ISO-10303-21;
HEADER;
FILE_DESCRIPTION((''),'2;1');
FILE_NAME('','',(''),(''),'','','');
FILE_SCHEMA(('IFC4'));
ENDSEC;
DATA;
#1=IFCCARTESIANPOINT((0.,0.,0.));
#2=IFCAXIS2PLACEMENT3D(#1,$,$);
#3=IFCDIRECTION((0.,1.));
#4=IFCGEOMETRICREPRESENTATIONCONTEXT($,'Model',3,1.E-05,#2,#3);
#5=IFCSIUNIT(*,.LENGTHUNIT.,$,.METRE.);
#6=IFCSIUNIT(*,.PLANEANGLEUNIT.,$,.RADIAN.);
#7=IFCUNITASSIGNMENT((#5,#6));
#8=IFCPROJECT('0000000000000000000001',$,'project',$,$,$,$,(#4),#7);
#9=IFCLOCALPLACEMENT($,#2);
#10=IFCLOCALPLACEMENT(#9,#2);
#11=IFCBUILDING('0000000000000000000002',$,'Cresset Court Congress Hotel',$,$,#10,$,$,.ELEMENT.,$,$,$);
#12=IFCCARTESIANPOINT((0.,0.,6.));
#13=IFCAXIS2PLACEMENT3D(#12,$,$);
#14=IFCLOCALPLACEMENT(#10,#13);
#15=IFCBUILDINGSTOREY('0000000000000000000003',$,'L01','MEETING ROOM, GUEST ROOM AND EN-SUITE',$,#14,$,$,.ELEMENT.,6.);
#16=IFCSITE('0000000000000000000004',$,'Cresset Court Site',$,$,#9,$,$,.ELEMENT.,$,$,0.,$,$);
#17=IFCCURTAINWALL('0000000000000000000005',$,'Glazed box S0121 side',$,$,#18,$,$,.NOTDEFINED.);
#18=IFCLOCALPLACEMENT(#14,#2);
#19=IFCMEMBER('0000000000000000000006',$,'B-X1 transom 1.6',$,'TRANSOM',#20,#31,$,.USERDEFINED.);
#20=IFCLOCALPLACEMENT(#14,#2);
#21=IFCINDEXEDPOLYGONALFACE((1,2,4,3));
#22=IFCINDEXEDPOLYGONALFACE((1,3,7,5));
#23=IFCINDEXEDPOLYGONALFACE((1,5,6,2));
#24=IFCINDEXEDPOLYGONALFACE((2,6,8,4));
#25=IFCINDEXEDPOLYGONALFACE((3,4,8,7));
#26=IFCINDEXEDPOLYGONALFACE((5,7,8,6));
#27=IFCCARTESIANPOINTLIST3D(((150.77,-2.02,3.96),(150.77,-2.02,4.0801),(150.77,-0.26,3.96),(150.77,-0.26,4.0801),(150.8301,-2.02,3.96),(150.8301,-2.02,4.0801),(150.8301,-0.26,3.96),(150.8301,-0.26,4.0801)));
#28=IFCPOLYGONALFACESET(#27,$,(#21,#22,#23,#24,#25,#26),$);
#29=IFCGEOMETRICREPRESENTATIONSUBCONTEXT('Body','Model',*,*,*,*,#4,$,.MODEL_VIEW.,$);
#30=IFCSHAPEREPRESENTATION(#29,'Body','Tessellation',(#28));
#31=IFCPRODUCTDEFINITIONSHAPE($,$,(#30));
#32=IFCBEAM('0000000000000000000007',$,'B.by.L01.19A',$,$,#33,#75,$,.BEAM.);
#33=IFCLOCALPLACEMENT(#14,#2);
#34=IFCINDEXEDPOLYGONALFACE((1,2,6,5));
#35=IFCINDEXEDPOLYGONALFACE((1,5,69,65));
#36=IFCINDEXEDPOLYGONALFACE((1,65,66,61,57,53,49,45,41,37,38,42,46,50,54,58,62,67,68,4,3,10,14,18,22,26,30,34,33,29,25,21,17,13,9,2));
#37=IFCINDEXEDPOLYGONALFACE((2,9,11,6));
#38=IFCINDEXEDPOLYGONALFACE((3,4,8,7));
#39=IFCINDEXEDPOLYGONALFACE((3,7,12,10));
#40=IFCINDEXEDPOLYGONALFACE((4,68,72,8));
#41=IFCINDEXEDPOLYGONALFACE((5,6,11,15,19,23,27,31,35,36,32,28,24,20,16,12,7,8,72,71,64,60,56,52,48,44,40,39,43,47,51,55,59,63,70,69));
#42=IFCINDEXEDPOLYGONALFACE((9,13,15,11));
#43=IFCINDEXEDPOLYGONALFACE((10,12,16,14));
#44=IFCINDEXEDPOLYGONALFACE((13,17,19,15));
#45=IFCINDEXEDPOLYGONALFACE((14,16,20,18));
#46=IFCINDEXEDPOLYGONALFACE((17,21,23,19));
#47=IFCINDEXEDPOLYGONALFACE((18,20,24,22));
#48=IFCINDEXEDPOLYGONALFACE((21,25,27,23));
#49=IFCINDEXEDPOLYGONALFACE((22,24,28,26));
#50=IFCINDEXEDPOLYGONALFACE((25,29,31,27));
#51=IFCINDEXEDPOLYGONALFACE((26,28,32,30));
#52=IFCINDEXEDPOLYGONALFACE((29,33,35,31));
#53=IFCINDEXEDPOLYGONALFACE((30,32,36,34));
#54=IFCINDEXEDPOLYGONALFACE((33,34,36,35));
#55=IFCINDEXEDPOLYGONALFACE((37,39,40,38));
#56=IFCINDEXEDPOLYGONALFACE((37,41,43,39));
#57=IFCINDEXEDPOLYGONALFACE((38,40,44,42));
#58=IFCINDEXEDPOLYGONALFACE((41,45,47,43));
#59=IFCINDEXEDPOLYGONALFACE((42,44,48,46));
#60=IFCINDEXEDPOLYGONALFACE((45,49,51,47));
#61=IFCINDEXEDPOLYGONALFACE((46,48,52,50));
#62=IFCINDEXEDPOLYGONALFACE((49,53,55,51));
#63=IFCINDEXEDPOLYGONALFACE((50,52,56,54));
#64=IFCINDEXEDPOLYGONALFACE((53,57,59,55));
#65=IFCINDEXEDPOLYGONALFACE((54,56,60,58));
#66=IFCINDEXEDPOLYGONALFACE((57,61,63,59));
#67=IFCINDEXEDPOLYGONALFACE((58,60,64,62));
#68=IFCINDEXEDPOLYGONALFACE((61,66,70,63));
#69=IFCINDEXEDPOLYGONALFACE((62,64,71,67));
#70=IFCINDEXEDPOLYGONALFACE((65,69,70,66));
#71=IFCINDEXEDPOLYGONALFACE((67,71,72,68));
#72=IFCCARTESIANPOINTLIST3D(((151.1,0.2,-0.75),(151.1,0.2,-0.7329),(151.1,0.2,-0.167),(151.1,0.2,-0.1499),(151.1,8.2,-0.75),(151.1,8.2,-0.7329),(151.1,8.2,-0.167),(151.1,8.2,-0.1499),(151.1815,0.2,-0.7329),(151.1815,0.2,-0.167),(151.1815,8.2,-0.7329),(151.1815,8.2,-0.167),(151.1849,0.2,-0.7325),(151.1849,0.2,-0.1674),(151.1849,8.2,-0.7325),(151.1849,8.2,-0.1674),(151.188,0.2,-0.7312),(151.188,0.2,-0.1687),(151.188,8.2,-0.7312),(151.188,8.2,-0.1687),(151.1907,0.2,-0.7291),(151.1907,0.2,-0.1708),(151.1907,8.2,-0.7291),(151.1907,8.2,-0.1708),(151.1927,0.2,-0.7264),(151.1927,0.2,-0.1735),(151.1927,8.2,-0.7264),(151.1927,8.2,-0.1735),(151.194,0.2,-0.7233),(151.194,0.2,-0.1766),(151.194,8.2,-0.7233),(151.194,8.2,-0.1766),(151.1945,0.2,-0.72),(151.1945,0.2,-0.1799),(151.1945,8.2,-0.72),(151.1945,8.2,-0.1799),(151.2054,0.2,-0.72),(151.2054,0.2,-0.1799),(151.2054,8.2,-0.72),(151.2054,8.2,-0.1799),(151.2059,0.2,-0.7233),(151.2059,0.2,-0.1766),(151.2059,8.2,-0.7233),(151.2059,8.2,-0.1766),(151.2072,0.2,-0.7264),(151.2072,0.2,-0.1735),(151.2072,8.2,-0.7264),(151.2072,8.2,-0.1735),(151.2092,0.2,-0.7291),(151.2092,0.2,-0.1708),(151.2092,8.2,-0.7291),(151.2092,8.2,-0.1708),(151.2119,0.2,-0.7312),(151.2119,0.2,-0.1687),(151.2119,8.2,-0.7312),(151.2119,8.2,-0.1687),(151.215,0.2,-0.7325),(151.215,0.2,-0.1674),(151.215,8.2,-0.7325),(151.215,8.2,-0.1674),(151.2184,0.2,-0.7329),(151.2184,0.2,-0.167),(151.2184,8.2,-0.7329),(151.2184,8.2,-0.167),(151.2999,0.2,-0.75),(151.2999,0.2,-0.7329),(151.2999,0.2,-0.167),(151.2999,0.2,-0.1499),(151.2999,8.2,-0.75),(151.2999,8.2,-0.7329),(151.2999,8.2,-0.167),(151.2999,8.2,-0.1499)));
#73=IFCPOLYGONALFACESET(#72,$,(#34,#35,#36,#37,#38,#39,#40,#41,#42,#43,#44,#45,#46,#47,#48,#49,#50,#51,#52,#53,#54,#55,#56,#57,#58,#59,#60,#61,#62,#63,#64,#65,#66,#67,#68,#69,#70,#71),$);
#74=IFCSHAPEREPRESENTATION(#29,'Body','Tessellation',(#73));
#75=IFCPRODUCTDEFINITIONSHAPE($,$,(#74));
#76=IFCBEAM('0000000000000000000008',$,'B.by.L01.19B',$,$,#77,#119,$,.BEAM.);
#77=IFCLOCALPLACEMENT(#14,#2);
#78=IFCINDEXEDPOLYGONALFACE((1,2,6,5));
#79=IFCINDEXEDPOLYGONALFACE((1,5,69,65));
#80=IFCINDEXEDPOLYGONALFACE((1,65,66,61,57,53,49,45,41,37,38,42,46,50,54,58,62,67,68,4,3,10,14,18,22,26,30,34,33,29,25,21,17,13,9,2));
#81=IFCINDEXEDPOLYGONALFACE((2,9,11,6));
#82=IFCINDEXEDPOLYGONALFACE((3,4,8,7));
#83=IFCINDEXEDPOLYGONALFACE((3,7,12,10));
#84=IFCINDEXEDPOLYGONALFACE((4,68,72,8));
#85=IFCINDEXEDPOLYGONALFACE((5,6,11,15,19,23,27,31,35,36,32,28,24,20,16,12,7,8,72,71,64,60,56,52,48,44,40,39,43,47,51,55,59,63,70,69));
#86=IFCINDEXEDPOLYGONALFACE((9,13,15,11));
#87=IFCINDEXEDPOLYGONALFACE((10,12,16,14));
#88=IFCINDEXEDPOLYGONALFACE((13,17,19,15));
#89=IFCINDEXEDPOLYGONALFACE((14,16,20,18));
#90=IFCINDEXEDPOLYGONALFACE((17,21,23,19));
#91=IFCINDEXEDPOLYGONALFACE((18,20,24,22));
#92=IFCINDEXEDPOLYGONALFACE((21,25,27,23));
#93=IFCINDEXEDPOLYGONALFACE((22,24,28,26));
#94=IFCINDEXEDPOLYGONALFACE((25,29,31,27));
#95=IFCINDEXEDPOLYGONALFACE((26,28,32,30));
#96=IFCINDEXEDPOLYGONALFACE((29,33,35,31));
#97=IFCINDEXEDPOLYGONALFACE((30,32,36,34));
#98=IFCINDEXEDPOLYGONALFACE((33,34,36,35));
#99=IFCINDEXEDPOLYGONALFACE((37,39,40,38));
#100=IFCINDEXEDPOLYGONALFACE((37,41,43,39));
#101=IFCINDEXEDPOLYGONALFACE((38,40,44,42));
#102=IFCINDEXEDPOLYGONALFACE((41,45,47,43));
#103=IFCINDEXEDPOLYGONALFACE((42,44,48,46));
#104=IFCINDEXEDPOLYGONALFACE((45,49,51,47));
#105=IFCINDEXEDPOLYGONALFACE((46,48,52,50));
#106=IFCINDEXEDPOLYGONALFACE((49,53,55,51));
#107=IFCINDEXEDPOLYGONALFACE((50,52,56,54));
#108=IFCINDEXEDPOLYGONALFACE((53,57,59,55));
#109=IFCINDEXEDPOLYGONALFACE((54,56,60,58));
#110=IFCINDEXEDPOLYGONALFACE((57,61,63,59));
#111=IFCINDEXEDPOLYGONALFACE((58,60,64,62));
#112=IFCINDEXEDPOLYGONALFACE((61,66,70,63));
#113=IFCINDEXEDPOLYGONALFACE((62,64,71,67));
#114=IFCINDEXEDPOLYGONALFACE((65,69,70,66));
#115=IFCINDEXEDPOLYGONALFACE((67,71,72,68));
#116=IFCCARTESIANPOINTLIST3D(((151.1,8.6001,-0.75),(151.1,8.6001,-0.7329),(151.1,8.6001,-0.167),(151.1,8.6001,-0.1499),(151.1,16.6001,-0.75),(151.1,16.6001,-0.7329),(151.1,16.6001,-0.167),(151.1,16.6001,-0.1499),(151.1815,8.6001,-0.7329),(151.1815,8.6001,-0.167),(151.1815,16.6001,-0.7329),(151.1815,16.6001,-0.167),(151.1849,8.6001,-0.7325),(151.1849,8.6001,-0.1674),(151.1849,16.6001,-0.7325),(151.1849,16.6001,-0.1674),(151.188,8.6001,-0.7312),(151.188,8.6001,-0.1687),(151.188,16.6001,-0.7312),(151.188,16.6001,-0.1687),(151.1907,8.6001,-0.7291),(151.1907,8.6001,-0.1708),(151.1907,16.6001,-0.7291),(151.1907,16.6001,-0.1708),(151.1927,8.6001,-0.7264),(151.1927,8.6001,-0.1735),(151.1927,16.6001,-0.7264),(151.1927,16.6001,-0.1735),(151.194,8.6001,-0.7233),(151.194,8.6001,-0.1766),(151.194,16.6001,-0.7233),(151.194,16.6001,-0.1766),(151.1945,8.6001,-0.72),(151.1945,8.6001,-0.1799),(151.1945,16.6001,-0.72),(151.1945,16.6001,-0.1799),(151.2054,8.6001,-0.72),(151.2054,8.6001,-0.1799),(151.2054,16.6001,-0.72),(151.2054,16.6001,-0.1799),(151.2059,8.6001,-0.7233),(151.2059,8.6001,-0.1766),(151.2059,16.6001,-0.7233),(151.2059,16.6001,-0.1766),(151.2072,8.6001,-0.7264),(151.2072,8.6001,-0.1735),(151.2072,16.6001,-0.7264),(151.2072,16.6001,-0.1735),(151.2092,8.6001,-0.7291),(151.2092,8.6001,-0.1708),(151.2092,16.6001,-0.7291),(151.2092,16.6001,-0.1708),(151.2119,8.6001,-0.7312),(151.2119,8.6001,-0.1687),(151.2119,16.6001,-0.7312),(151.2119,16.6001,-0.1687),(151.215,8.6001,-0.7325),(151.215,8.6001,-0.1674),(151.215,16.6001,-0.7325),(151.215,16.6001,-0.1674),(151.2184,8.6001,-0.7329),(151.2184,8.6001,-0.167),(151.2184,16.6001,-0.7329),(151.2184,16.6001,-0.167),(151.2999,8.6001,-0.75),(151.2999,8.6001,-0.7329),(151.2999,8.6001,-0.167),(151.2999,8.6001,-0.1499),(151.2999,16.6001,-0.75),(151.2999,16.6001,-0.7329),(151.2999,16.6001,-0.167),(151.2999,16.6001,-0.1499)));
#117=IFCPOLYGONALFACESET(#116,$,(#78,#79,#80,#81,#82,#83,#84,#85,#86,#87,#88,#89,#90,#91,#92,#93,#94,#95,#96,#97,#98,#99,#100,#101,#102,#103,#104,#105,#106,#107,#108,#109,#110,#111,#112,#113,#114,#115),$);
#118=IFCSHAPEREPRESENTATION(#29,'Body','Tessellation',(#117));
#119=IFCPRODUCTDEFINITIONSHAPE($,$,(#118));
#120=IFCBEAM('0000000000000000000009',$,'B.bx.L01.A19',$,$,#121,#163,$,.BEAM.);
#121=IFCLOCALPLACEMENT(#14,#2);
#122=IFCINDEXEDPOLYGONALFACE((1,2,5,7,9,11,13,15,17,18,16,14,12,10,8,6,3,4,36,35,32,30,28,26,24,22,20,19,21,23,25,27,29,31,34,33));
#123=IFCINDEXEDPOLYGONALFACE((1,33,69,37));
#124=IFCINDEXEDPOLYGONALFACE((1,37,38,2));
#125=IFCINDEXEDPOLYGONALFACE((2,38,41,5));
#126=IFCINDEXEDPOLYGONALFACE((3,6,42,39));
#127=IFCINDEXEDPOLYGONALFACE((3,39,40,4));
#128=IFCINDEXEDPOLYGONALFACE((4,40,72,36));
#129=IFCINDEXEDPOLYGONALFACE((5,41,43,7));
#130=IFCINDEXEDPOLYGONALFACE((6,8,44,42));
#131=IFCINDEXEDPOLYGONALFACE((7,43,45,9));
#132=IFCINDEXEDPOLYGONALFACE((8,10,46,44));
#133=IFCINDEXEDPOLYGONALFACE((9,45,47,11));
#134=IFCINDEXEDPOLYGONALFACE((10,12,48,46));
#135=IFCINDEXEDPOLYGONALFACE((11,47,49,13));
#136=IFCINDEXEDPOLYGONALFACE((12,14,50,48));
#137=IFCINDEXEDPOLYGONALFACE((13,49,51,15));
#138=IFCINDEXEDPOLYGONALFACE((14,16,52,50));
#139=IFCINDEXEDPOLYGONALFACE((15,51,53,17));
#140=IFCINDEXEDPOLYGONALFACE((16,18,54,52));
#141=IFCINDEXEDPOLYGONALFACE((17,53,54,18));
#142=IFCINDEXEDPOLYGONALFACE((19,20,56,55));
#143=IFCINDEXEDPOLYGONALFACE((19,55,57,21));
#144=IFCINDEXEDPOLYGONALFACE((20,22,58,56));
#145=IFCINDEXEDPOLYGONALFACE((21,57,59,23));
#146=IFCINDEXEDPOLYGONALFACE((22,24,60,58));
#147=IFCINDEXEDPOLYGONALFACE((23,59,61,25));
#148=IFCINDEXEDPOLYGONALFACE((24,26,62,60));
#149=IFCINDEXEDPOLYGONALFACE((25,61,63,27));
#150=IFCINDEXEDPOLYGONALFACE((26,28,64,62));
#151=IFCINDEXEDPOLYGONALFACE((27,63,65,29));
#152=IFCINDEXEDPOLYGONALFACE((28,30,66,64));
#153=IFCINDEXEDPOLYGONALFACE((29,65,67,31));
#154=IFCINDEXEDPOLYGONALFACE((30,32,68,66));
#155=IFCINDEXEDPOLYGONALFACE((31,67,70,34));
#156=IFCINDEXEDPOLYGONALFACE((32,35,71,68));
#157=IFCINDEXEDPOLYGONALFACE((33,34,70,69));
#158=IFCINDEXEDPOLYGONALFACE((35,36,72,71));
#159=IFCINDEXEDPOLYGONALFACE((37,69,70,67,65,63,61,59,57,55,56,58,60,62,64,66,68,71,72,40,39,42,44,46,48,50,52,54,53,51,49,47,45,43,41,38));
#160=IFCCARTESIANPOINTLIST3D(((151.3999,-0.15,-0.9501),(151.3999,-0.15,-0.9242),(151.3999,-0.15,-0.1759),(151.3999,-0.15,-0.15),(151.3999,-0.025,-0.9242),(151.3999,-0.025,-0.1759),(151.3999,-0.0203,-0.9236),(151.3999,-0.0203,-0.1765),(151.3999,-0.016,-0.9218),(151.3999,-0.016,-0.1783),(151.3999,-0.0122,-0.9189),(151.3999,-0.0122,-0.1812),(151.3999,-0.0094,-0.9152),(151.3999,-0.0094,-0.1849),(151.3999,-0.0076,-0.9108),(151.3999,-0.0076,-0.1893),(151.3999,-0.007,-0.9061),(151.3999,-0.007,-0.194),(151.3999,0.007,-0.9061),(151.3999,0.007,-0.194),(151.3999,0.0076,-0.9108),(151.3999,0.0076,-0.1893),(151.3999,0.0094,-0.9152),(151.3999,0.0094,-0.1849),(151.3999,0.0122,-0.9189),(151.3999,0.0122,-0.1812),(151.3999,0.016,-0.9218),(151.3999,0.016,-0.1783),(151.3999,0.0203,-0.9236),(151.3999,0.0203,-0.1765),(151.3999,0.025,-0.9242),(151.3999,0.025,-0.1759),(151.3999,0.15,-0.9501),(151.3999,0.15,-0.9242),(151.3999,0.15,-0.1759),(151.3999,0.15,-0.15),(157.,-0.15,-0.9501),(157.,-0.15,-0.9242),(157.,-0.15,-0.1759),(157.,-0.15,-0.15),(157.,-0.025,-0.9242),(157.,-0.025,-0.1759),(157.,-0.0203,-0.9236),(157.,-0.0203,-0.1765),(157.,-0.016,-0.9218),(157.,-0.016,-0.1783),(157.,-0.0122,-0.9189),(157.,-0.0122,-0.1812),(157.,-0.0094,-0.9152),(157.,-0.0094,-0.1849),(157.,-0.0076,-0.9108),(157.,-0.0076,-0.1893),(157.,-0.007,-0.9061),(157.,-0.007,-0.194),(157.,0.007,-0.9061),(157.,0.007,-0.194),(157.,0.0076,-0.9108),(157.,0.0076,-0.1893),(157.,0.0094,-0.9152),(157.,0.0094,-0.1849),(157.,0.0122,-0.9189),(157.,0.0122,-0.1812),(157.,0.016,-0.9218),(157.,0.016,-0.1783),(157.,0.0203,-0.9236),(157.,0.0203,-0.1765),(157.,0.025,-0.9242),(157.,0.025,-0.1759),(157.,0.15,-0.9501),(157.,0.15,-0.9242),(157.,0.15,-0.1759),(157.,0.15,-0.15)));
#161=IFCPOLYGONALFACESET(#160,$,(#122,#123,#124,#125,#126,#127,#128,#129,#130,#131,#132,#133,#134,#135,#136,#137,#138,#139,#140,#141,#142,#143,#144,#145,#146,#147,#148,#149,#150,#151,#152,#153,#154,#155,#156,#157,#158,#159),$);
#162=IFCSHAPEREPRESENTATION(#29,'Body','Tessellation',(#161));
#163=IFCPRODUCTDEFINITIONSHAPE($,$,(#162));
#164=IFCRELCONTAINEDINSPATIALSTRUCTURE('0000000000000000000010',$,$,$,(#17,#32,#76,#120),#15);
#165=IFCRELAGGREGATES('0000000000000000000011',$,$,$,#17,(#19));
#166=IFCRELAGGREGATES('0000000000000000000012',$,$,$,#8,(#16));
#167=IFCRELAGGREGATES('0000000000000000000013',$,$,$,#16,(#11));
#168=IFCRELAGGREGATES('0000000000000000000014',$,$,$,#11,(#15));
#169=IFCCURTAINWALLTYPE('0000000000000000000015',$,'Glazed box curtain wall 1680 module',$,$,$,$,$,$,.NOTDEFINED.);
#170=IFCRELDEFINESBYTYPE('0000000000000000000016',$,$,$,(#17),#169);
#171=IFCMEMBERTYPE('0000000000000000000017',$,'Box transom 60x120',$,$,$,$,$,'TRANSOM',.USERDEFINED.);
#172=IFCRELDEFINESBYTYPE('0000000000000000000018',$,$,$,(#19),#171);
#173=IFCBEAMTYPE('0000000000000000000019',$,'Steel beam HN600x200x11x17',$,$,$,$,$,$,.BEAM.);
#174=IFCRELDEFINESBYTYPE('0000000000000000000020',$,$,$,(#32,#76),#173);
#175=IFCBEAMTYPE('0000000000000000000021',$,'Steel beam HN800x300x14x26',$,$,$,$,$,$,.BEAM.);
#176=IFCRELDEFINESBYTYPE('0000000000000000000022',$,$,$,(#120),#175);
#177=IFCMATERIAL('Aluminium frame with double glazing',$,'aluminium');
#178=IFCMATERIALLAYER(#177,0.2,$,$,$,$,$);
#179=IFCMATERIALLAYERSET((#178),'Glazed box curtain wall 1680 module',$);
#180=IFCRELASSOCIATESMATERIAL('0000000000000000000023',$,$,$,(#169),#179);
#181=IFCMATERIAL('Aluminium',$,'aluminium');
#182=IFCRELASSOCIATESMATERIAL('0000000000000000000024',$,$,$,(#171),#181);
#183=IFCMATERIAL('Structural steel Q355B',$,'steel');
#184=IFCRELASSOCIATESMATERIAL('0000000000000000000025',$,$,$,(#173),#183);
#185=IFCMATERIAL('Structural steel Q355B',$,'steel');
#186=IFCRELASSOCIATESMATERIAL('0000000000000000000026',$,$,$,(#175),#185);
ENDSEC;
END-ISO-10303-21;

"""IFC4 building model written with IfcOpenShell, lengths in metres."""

from ifc_helpers import new_model, si_unit, direction, frame, origin, origin_2d, place, context, subcontext, project, spatial, rectangle, i_section, extrude, material, layer, layer_set, material_profile, profile_set, type_object, element, aggregate, save


model = new_model("IFC4")

# Units and contexts
model_context = context("Model", 3, precision=1e-05, world=origin(), true_north=direction((0.0, 1.0)))
body_context = subcontext(model_context, "Body", "Model", "MODEL_VIEW")
ifc_project = project(units=[si_unit("LENGTHUNIT", "METRE"), si_unit("PLANEANGLEUNIT", "RADIAN")], contexts=[model_context])

# Site, building, storey
site_placement = place(None, origin())
site = spatial("IfcSite", under=ifc_project, at=site_placement, Name="Cresset Court Site", CompositionType="ELEMENT", RefElevation=0.0)
building_placement = place(site_placement, origin())
building = spatial("IfcBuilding", under=site, at=building_placement, Name="Cresset Court Congress Hotel", CompositionType="ELEMENT")
storey_placement = place(building_placement, frame((0.0, 0.0, 6.0)))
storey = spatial("IfcBuildingStorey", under=building, at=storey_placement, Name="L01", Description="MEETING ROOM, GUEST ROOM AND EN-SUITE", CompositionType="ELEMENT", Elevation=6.0)

# Shared definitions
ifc_material_1 = material(Name="Aluminium frame with double glazing", Category="aluminium")
ifc_layer_1 = layer(ifc_material_1, 0.2)
ifc_layer_set_1 = layer_set([ifc_layer_1], Name="Glazed box curtain wall 1680 module")
curtain_wall_type = type_object("IfcCurtainWallType", Name="Glazed box curtain wall 1680 module", PredefinedType="NOTDEFINED", material=ifc_layer_set_1)

# Curtain wall, member
curtain_wall_1_placement = place(storey_placement, origin())
curtain_wall_1 = element("IfcCurtainWall", 1, at=curtain_wall_1_placement, inside=storey, type_object=curtain_wall_type, Name="Glazed box S0121 side", PredefinedType="NOTDEFINED")
ifc_material_2 = material(Name="Aluminium", Category="aluminium")
ifc_material_profile_1 = material_profile(ifc_material_2, rectangle(XDim=0.0601, YDim=0.1201, at=origin_2d()), Name="Box transom 60x120")
ifc_profile_set_1 = profile_set([ifc_material_profile_1], Name="Aluminium")
member_type_1 = type_object("IfcMemberType", Name="Box transom 60x120", ElementType="TRANSOM", PredefinedType="USERDEFINED", material=ifc_profile_set_1)
member_1_placement = place(storey_placement, frame((150.8, -0.26, 4.02), z_axis=(0.0, -1.0, 0.0), x_axis=(1.0, 0.0, 0.0)))
member_1 = element("IfcMember", 2, at=member_1_placement, type_object=member_type_1, Name="B-X1 transom 1.6", ObjectType="TRANSOM", PredefinedType="USERDEFINED", context=body_context, shape_type="SweptSolid", body=[
    extrude(rectangle(XDim=0.0601, YDim=0.1201, at=origin_2d()), origin(), (0.0, 0.0, 1.0), 1.76),
])
aggregate(curtain_wall_1, [member_1])

# Beams
ifc_material_3 = material(Name="Structural steel Q355B", Category="steel")
ifc_material_profile_2 = material_profile(ifc_material_3, i_section(OverallWidth=0.2, OverallDepth=0.6001, WebThickness=0.011, FlangeThickness=0.0171, FilletRadius=0.0129, at=origin_2d()), Name="HN600x200x11x17")
ifc_profile_set_2 = profile_set([ifc_material_profile_2], Name="Structural steel Q355B")
beam_type_1 = type_object("IfcBeamType", Name="Steel beam HN600x200x11x17", PredefinedType="BEAM", material=ifc_profile_set_2)
for number, where, z_axis, x_axis, name in (
    (3, (151.2, 0.2, -0.45), (0.0, 1.0, 0.0), (-1.0, 0.0, 0.0), "B.by.L01.19A"),
    (4, (151.2, 8.6001, -0.45), (0.0, 1.0, 0.0), (-1.0, 0.0, 0.0), "B.by.L01.19B"),
):
    element("IfcBeam", number, at=place(storey_placement, frame(where, z_axis=z_axis, x_axis=x_axis)), inside=storey, type_object=beam_type_1, Name=name, PredefinedType="BEAM", context=body_context, shape_type="SweptSolid", body=[
        extrude(i_section(OverallWidth=0.2, OverallDepth=0.6001, WebThickness=0.011, FlangeThickness=0.0171, FilletRadius=0.0129, at=origin_2d()), origin(), (0.0, 0.0, 1.0), 8.0),
    ])
ifc_material_4 = material(Name="Structural steel Q355B", Category="steel")
ifc_material_profile_3 = material_profile(ifc_material_4, i_section(OverallWidth=0.3, OverallDepth=0.8, WebThickness=0.0139, FlangeThickness=0.0259, FilletRadius=0.0181, at=origin_2d()), Name="HN800x300x14x26")
ifc_profile_set_3 = profile_set([ifc_material_profile_3], Name="Structural steel Q355B")
beam_type_2 = type_object("IfcBeamType", Name="Steel beam HN800x300x14x26", PredefinedType="BEAM", material=ifc_profile_set_3)
for number, where, z_axis, x_axis, name in (
    (5, (151.3999, 0.0, -0.55), (1.0, 0.0, 0.0), (0.0, 1.0, 0.0), "B.bx.L01.A19"),
):
    element("IfcBeam", number, at=place(storey_placement, frame(where, z_axis=z_axis, x_axis=x_axis)), inside=storey, type_object=beam_type_2, Name=name, PredefinedType="BEAM", context=body_context, shape_type="SweptSolid", body=[
        extrude(i_section(OverallWidth=0.3, OverallDepth=0.8, WebThickness=0.0139, FlangeThickness=0.0259, FilletRadius=0.0181, at=origin_2d()), origin(), (0.0, 0.0, 1.0), 5.6001),
    ])

save(model, "model.ifc")
